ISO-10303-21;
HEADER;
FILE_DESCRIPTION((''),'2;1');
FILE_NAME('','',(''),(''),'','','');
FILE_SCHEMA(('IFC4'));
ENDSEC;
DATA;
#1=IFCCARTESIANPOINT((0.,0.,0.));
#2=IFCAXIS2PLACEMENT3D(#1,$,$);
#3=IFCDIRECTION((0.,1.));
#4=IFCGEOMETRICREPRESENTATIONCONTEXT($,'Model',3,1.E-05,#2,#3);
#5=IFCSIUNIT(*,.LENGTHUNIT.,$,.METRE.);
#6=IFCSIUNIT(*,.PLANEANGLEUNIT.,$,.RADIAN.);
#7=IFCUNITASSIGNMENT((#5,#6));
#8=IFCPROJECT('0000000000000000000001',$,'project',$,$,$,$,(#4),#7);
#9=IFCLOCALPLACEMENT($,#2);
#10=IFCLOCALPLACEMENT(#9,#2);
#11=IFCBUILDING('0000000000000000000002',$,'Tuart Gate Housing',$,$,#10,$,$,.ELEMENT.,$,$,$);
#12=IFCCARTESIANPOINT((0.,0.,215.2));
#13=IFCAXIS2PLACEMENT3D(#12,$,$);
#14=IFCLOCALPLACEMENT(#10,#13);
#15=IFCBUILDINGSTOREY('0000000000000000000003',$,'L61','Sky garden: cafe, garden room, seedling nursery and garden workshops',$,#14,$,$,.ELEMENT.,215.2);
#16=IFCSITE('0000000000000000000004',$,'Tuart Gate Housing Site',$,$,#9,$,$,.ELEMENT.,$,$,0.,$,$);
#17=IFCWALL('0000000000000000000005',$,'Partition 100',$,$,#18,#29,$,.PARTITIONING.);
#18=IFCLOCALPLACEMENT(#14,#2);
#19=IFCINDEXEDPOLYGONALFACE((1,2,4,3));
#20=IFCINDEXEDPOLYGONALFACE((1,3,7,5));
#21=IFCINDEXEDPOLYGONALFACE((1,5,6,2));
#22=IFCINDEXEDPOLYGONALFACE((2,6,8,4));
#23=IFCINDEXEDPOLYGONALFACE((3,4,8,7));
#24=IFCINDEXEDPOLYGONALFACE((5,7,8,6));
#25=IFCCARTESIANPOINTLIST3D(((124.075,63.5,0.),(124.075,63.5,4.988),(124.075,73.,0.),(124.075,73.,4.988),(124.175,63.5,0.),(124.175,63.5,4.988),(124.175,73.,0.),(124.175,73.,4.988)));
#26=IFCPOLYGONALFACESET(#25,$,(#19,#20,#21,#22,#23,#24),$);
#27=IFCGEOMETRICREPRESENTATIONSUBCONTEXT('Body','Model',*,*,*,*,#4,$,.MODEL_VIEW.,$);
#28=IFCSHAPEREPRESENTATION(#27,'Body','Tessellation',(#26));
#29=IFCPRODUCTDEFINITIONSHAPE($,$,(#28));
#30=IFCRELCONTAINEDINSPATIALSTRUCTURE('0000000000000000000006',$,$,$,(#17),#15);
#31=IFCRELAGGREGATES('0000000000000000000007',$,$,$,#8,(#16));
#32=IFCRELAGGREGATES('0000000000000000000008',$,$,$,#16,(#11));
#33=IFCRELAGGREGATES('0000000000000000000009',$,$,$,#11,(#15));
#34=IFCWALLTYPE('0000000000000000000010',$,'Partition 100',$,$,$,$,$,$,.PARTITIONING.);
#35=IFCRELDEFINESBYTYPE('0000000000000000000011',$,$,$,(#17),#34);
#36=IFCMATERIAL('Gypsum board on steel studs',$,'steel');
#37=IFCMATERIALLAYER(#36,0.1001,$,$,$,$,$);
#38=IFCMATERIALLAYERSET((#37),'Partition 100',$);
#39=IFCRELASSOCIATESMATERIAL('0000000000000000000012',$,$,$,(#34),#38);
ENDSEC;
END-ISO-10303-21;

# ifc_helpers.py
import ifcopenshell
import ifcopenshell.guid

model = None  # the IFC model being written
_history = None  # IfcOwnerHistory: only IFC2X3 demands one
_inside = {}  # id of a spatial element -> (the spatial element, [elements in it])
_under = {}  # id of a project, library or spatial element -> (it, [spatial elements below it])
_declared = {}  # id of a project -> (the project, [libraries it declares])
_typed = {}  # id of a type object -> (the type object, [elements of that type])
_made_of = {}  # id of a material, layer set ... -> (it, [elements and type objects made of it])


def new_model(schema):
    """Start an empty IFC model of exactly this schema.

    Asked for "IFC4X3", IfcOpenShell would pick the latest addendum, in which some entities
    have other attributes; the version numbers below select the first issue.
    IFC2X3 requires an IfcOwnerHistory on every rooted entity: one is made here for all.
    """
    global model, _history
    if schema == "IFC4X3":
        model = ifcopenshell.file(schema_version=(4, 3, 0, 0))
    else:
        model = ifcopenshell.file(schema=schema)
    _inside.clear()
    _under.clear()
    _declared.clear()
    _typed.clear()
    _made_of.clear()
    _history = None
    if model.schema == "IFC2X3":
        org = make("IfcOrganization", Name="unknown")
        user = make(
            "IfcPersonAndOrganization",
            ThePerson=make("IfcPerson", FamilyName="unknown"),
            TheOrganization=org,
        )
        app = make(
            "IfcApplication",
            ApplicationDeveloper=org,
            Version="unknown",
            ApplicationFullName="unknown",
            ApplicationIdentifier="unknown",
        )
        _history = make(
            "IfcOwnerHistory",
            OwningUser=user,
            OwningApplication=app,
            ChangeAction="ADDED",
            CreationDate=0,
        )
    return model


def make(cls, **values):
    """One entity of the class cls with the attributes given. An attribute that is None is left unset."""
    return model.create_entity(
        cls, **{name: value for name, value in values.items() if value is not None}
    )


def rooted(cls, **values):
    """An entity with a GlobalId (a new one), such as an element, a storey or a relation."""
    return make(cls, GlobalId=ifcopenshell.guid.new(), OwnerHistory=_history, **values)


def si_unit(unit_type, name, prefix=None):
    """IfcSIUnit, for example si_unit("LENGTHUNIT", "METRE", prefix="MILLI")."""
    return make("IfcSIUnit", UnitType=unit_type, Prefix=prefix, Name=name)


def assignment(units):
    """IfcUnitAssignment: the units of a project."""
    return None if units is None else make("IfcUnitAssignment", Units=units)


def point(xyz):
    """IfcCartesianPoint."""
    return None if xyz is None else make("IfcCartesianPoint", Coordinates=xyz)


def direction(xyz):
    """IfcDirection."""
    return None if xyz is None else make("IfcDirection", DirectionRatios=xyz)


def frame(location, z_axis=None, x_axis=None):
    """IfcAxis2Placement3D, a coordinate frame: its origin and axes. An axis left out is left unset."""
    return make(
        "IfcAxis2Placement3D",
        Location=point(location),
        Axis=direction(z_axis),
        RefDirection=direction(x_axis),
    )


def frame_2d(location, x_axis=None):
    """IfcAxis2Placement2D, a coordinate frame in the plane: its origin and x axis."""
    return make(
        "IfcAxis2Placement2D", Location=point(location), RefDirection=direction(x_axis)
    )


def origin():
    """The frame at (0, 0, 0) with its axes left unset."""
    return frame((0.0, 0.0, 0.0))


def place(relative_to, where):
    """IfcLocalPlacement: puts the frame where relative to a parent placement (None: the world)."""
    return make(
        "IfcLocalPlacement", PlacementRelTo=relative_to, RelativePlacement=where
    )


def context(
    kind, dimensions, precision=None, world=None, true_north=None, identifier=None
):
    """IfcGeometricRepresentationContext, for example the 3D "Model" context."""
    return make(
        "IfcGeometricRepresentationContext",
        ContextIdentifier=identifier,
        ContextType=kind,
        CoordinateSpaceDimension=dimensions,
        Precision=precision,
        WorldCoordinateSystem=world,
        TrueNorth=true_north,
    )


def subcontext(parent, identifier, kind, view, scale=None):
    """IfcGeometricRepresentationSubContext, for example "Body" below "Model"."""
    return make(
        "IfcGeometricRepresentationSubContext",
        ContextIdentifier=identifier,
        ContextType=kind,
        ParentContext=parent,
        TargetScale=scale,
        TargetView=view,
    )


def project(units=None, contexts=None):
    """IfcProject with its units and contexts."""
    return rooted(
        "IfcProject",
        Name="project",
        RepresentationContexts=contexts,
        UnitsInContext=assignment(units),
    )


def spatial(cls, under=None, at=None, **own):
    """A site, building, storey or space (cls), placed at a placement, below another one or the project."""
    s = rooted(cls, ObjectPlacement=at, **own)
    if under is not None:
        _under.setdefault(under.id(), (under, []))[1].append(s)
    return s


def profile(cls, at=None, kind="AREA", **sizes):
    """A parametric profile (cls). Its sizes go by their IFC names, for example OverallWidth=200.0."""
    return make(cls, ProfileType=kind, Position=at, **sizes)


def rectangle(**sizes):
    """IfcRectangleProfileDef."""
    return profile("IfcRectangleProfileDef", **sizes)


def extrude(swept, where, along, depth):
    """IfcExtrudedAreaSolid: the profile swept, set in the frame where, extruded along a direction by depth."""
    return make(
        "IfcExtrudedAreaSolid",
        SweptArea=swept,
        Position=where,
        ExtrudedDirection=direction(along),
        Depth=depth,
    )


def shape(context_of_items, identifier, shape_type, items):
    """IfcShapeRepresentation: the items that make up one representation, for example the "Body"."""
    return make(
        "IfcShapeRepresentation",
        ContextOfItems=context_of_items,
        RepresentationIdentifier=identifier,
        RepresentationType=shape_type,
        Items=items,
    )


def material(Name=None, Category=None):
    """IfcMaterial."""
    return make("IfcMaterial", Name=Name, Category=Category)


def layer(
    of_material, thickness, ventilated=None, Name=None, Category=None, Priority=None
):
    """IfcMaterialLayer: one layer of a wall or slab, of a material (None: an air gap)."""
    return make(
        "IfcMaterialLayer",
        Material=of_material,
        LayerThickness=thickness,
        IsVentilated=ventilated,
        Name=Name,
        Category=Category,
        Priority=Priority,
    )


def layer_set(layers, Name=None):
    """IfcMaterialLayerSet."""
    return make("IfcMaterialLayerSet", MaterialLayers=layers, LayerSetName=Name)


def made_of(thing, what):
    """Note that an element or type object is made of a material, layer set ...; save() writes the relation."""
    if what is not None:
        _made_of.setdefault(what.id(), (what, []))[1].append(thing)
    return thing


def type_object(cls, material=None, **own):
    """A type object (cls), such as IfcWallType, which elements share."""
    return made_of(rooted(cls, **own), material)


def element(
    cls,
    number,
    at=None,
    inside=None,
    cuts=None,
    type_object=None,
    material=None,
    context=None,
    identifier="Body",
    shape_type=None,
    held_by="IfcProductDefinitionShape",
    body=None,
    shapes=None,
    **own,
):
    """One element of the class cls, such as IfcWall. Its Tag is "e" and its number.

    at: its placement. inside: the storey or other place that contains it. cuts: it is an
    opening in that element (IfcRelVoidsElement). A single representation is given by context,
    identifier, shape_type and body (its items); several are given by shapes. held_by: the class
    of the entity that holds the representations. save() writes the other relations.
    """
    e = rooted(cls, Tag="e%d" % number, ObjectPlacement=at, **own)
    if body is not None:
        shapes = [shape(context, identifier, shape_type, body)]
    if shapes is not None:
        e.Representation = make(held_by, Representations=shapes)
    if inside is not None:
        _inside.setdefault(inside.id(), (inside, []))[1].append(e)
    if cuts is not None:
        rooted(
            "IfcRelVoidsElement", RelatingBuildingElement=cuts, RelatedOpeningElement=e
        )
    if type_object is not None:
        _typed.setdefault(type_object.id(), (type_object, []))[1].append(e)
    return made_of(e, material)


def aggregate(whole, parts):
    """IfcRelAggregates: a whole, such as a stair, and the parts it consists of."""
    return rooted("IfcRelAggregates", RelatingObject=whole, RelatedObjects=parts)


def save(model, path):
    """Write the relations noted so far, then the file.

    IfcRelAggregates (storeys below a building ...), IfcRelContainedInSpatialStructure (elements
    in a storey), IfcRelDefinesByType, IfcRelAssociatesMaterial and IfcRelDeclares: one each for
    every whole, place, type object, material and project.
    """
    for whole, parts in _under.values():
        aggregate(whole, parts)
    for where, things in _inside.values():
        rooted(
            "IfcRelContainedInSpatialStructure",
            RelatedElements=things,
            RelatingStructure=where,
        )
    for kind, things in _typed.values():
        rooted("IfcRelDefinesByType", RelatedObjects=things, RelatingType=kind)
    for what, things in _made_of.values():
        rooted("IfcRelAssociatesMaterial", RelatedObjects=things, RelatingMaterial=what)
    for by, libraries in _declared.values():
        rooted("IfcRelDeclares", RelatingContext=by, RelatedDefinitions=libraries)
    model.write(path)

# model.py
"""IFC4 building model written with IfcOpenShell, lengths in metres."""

from ifc_helpers import new_model, si_unit, direction, frame, frame_2d, origin, place, context, subcontext, project, spatial, rectangle, extrude, material, layer, layer_set, type_object, element, save


model = new_model("IFC4")

# Units and contexts
model_context = context("Model", 3, precision=1e-05, world=origin(), true_north=direction((0.0, 1.0)))
body_context = subcontext(model_context, "Body", "Model", "MODEL_VIEW")
ifc_project = project(units=[si_unit("LENGTHUNIT", "METRE"), si_unit("PLANEANGLEUNIT", "RADIAN")], contexts=[model_context])

# Site, building, storey
site_placement = place(None, origin())
site = spatial("IfcSite", under=ifc_project, at=site_placement, Name="Tuart Gate Housing Site", CompositionType="ELEMENT", RefElevation=0.0)
building_placement = place(site_placement, origin())
building = spatial("IfcBuilding", under=site, at=building_placement, Name="Tuart Gate Housing", CompositionType="ELEMENT")
storey_placement = place(building_placement, frame((0.0, 0.0, 215.2)))
storey = spatial("IfcBuildingStorey", under=building, at=storey_placement, Name="L61", Description="Sky garden: cafe, garden room, seedling nursery and garden workshops", CompositionType="ELEMENT", Elevation=215.2)

# Wall
ifc_material_1 = material(Name="Gypsum board on steel studs", Category="steel")
ifc_layer = layer(ifc_material_1, 0.1001)
ifc_layer_set = layer_set([ifc_layer], Name="Partition 100")
wall_type = type_object("IfcWallType", Name="Partition 100", PredefinedType="PARTITIONING", material=ifc_layer_set)
wall_1_placement = place(storey_placement, frame((124.125, 63.5, 0.0), z_axis=(0.0, 0.0, 1.0), x_axis=(0.0, 1.0, 0.0)))
element("IfcWall", 1, at=wall_1_placement, inside=storey, type_object=wall_type, Name="Partition 100", PredefinedType="PARTITIONING", context=body_context, shape_type="SweptSolid", body=[
    extrude(rectangle(XDim=9.5, YDim=0.1001, at=frame_2d((4.75, 0.0))), origin(), (0.0, 0.0, 1.0), 4.988),
])

save(model, "model.ifc")
